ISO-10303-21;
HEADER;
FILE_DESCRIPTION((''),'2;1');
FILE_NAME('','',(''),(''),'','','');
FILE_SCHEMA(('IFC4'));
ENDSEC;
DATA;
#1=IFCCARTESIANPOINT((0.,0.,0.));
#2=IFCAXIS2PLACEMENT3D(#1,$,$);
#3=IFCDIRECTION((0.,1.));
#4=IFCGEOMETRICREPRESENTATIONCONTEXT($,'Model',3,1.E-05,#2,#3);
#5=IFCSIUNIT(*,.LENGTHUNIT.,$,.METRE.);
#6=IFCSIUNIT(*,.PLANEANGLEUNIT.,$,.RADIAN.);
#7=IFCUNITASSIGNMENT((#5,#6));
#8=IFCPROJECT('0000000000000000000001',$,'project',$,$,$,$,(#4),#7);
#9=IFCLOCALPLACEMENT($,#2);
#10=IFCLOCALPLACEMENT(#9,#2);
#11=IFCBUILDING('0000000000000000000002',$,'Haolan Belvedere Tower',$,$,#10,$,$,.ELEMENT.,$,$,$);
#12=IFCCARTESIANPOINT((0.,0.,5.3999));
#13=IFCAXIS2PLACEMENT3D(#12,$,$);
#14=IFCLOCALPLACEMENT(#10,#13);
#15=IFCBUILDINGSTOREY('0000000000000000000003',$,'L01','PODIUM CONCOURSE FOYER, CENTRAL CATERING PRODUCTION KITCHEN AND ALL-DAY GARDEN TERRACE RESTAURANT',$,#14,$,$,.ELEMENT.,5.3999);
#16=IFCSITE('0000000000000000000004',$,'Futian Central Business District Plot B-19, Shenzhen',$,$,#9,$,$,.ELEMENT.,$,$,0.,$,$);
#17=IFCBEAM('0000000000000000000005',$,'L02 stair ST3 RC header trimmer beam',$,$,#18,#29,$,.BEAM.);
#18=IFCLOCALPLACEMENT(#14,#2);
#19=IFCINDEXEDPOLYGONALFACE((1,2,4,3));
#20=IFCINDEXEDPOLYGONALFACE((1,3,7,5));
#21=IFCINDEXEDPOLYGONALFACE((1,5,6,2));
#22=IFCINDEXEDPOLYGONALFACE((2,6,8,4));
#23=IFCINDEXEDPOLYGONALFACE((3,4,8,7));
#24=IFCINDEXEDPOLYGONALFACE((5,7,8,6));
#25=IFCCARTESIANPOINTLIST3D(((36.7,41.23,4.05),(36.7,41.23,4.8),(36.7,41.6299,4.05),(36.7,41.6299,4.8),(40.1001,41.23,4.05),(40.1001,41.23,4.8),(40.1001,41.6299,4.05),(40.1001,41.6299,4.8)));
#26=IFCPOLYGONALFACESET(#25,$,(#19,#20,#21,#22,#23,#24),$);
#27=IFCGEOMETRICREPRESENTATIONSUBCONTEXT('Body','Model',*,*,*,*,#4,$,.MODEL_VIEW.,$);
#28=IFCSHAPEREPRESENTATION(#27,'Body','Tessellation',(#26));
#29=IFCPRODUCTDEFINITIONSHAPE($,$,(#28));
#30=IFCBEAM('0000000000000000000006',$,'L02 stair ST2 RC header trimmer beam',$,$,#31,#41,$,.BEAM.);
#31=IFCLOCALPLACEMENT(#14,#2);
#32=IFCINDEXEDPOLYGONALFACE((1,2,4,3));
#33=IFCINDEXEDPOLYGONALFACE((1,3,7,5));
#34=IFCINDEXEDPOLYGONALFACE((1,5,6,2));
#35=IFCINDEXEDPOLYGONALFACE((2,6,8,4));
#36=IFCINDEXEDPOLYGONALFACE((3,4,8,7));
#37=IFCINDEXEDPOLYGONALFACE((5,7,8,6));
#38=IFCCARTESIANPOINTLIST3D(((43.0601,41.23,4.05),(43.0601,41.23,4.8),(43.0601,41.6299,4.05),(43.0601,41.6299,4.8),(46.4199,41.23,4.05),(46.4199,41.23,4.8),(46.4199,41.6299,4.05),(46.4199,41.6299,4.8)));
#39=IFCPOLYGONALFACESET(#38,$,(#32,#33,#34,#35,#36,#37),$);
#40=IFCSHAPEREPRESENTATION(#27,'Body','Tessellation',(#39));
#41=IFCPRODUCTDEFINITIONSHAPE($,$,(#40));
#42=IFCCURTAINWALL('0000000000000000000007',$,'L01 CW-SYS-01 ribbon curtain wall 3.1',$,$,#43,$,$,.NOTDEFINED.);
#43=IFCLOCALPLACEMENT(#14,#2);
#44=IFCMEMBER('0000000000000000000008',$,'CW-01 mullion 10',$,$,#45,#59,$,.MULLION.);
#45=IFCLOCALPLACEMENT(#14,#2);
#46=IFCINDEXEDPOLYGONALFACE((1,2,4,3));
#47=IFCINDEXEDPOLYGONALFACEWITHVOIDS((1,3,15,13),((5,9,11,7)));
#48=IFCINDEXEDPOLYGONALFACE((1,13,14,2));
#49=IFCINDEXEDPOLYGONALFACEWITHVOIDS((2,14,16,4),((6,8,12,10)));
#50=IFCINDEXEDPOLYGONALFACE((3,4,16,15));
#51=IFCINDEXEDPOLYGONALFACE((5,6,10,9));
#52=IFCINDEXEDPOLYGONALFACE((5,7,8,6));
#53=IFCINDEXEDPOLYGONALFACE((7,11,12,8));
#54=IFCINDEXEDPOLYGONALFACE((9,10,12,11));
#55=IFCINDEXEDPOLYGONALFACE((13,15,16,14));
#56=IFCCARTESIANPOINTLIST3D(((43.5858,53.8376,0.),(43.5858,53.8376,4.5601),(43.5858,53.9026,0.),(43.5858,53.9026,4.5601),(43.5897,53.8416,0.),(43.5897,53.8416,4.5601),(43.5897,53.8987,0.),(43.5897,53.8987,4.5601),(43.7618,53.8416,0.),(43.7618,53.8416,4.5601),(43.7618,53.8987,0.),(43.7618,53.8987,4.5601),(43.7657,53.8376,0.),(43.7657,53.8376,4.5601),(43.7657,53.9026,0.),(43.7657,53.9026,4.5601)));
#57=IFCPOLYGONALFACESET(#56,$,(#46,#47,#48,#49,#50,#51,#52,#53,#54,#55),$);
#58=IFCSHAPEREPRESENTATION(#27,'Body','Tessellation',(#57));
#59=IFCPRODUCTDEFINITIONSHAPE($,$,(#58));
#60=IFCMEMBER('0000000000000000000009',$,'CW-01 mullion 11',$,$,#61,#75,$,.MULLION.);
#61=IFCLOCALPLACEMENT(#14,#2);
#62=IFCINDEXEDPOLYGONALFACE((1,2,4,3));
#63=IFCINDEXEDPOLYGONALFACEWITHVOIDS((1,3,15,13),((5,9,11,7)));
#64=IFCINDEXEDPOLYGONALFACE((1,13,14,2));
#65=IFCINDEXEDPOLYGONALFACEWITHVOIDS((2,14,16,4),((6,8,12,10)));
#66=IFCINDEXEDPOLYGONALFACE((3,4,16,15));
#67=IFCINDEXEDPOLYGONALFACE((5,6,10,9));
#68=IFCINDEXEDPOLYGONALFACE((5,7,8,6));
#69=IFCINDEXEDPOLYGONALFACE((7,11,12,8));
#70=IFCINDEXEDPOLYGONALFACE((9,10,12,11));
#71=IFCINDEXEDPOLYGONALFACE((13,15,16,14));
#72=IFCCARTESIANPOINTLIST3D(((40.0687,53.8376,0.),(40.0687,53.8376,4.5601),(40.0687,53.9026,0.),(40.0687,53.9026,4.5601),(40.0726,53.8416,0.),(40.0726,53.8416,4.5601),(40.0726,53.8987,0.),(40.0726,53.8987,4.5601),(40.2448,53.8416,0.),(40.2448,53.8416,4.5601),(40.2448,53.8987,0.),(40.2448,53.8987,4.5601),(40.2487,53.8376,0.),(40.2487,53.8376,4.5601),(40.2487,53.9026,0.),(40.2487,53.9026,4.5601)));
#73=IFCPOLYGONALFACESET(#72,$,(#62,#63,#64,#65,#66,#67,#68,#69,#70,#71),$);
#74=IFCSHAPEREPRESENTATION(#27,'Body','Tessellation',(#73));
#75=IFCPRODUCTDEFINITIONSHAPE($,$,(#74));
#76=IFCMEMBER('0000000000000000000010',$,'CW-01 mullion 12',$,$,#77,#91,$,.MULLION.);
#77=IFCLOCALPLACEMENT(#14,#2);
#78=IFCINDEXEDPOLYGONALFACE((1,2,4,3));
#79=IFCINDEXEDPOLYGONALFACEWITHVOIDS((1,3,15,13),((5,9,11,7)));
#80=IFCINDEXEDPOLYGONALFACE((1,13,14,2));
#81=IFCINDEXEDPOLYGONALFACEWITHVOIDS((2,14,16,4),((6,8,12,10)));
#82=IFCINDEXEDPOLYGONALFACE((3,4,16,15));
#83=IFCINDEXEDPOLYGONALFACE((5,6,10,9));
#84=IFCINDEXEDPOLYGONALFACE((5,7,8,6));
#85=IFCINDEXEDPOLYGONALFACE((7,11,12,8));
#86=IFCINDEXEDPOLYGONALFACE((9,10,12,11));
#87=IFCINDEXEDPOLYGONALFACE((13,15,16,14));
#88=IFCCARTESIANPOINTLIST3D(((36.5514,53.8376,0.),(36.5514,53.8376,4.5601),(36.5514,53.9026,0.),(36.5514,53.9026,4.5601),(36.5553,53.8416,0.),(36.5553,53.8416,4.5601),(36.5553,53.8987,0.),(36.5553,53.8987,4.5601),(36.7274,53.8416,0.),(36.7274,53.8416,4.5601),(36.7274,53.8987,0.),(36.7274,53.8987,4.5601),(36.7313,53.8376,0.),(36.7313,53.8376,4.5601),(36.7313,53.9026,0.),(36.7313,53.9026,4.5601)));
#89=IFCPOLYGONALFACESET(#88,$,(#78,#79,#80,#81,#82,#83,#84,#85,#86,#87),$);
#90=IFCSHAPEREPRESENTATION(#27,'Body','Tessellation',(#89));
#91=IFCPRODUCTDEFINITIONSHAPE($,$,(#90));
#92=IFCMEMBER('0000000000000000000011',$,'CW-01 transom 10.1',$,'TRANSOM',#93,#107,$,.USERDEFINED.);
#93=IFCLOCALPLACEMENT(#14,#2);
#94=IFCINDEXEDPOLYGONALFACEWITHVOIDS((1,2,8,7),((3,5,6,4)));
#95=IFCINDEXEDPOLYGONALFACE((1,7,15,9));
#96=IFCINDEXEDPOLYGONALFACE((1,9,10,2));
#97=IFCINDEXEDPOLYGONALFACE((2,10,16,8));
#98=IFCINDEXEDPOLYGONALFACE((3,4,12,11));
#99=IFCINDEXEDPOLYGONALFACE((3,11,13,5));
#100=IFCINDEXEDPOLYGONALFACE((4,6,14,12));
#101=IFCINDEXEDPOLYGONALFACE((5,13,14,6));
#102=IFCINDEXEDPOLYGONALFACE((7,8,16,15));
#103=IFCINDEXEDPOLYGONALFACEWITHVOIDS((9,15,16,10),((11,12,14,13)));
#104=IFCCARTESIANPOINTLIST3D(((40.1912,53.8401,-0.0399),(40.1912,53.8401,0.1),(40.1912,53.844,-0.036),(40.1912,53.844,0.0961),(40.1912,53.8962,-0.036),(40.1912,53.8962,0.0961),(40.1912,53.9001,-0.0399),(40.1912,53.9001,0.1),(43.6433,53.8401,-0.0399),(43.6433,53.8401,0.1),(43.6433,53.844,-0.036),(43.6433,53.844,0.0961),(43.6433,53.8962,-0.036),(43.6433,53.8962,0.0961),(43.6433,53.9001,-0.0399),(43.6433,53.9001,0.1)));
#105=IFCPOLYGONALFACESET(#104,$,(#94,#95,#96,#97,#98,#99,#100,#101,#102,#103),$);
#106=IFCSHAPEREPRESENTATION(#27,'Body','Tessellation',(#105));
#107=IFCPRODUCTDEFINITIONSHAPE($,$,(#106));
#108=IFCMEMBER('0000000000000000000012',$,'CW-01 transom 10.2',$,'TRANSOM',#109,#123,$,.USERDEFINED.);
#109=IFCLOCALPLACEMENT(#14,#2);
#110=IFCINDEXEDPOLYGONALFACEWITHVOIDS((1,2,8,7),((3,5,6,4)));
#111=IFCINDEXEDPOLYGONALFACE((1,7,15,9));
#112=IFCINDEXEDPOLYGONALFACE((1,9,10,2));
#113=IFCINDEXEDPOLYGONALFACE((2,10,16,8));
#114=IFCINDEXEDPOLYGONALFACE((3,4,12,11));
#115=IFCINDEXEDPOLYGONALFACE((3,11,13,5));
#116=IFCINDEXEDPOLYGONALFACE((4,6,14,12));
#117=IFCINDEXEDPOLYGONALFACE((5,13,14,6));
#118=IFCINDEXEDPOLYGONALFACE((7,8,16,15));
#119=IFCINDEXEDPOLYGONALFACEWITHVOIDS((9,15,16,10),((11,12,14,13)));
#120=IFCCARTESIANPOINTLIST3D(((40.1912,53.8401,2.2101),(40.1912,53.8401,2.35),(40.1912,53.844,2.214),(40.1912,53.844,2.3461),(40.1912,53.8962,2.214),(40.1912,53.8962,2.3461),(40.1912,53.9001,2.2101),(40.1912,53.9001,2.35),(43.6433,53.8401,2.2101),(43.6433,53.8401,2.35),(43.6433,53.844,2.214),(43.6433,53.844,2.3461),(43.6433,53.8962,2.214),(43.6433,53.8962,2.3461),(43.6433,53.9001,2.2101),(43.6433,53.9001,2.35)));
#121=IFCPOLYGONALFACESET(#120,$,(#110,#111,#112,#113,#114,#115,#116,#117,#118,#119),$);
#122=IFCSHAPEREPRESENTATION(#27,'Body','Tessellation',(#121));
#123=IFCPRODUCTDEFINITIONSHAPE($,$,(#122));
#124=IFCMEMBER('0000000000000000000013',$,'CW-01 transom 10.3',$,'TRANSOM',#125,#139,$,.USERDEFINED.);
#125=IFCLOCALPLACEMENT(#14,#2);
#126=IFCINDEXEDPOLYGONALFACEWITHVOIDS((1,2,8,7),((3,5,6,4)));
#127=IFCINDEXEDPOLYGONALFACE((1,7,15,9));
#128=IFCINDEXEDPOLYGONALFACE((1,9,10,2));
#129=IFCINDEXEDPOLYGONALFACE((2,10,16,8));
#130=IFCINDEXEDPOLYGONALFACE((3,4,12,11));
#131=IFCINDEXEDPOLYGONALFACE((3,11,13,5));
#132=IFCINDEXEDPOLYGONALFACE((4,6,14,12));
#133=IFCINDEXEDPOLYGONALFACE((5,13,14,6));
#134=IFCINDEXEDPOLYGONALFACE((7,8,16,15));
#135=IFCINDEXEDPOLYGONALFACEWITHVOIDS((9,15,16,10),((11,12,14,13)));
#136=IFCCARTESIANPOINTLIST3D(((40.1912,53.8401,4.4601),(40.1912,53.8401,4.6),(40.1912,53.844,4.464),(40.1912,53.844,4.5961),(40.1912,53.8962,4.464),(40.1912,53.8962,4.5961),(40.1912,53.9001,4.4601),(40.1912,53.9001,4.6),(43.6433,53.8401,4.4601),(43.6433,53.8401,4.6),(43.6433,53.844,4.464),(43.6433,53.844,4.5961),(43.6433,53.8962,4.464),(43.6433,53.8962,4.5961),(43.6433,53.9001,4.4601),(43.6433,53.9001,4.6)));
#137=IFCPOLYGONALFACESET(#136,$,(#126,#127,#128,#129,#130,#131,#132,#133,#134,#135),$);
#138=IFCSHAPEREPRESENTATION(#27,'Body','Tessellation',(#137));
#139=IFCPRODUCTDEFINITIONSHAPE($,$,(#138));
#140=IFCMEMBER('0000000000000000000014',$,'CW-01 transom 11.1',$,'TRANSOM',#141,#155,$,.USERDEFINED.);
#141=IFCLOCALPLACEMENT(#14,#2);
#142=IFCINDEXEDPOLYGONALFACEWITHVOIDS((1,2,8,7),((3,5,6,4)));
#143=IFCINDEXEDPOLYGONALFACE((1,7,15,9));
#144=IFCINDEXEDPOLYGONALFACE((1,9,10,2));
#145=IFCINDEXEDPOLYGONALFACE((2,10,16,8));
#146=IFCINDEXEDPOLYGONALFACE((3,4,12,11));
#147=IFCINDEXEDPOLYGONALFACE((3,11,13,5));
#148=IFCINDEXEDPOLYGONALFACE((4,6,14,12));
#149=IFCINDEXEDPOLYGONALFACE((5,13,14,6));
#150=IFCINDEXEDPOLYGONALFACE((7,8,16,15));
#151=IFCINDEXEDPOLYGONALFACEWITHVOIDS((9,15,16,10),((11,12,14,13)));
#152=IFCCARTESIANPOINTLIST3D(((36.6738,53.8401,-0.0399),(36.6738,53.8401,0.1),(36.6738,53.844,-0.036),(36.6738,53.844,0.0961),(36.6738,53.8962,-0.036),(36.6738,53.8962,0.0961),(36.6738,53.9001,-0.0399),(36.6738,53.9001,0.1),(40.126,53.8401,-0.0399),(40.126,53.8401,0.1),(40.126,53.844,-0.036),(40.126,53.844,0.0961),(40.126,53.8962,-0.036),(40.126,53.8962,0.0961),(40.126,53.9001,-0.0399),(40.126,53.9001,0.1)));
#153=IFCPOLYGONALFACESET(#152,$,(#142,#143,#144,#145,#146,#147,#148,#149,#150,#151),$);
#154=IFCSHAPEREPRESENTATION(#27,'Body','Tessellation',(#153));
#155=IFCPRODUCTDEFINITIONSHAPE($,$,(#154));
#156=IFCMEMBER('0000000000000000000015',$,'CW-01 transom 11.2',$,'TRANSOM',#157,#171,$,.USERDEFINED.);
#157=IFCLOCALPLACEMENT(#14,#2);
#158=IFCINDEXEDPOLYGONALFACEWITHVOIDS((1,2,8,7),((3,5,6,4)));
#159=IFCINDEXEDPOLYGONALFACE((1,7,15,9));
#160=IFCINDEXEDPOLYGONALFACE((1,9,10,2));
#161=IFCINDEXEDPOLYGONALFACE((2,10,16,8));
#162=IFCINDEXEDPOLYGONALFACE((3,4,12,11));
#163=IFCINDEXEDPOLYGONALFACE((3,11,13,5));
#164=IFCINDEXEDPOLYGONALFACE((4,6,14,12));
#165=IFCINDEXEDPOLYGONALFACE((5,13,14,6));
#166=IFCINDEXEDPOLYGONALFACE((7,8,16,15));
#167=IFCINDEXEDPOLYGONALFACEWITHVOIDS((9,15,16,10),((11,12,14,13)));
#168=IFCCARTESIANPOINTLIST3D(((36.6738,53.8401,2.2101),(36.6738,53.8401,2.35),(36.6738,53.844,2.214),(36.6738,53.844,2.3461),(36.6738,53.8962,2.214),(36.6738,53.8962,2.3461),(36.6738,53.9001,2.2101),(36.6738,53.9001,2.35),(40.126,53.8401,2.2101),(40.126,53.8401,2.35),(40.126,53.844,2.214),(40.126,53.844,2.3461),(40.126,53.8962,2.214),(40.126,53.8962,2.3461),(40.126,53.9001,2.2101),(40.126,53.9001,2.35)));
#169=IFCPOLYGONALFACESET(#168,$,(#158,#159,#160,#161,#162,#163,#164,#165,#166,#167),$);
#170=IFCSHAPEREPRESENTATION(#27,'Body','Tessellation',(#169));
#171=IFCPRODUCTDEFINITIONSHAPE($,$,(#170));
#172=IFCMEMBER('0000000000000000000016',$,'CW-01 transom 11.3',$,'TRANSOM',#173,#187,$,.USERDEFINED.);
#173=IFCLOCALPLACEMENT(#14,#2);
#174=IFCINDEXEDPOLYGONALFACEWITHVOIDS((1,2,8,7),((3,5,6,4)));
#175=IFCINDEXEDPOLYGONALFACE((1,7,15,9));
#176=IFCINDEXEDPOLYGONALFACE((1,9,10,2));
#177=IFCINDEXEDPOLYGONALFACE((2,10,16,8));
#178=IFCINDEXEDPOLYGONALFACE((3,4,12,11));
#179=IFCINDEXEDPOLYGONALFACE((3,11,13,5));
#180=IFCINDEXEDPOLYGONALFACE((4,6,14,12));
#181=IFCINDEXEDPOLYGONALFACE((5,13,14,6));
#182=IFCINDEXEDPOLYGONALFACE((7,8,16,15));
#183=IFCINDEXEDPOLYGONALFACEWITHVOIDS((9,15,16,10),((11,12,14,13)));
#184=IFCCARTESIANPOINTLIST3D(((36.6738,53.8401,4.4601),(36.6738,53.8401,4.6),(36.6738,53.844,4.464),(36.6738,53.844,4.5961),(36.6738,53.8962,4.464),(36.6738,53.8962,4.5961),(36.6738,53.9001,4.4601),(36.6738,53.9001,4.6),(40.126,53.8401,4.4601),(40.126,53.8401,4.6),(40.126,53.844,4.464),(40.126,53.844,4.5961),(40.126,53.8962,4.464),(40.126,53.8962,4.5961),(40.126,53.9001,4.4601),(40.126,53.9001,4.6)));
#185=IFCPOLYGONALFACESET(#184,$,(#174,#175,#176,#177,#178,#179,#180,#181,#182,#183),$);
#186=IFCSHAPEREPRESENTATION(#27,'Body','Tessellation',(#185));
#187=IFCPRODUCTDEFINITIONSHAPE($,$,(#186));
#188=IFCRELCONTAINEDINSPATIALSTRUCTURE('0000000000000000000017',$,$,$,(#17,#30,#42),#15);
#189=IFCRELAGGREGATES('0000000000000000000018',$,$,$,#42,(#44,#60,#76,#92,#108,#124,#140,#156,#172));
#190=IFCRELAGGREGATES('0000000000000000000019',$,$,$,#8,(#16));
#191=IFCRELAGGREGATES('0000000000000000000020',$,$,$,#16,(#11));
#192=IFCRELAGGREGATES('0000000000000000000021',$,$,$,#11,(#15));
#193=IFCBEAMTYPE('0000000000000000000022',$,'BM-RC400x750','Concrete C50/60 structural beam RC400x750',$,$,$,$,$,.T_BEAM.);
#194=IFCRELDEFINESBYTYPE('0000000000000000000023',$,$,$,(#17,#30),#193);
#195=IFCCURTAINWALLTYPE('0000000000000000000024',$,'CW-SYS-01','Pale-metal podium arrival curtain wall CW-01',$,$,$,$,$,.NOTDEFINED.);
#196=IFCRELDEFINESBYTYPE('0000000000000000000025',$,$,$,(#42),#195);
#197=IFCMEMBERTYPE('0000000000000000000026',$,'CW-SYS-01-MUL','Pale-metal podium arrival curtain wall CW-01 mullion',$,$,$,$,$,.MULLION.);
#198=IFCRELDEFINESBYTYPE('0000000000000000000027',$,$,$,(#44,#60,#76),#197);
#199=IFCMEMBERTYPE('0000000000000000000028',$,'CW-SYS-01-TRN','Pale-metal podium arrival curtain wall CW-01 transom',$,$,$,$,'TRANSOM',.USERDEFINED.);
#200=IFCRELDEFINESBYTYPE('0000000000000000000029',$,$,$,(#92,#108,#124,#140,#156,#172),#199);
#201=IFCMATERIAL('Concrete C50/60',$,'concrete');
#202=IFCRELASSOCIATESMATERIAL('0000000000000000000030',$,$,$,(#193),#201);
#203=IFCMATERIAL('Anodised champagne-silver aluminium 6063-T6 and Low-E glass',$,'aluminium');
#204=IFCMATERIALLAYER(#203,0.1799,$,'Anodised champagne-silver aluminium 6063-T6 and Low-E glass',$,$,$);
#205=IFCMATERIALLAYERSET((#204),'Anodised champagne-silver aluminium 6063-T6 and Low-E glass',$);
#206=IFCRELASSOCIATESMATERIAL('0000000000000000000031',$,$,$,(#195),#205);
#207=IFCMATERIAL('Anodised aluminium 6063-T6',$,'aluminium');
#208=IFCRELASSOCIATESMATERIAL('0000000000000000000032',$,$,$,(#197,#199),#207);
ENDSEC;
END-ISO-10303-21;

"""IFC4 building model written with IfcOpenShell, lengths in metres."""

from ifc_helpers import new_model, si_unit, direction, frame, origin, origin_2d, place, context, subcontext, project, spatial, rectangle, hollow_rectangle, extrude, material, layer, layer_set, material_profile, profile_set, type_object, element, aggregate, save


model = new_model("IFC4")

# Units and contexts
model_context = context("Model", 3, precision=1e-05, world=origin(), true_north=direction((0.0, 1.0)))
body_context = subcontext(model_context, "Body", "Model", "MODEL_VIEW")
ifc_project = project(units=[si_unit("LENGTHUNIT", "METRE"), si_unit("PLANEANGLEUNIT", "RADIAN")], contexts=[model_context])

# Site, building, storey
site_placement = place(None, origin())
site = spatial("IfcSite", under=ifc_project, at=site_placement, Name="Futian Central Business District Plot B-19, Shenzhen", CompositionType="ELEMENT", RefElevation=0.0)
building_placement = place(site_placement, origin())
building = spatial("IfcBuilding", under=site, at=building_placement, Name="Haolan Belvedere Tower", CompositionType="ELEMENT")
storey_placement = place(building_placement, frame((0.0, 0.0, 5.3999)))
storey = spatial("IfcBuildingStorey", under=building, at=storey_placement, Name="L01", Description="PODIUM CONCOURSE FOYER, CENTRAL CATERING PRODUCTION KITCHEN AND ALL-DAY GARDEN TERRACE RESTAURANT", CompositionType="ELEMENT", Elevation=5.3999)

# Beams
ifc_material_1 = material(Name="Concrete C50/60", Category="concrete")
ifc_material_profile_1 = material_profile(ifc_material_1, rectangle(XDim=0.3999, YDim=0.75, at=origin_2d()), Name="Concrete C50/60")
ifc_profile_set_1 = profile_set([ifc_material_profile_1], Name="Concrete C50/60")
beam_type = type_object("IfcBeamType", Name="BM-RC400x750", Description="Concrete C50/60 structural beam RC400x750", PredefinedType="T_BEAM", material=ifc_profile_set_1)
beam_1_placement = place(storey_placement, frame((36.7, 41.4299, 4.425), z_axis=(1.0, 0.0, 0.0), x_axis=(0.0, 1.0, 0.0)))
element("IfcBeam", 1, at=beam_1_placement, inside=storey, type_object=beam_type, Name="L02 stair ST3 RC header trimmer beam", PredefinedType="BEAM", context=body_context, shape_type="SweptSolid", body=[
    extrude(rectangle(XDim=0.3999, YDim=0.75, at=origin_2d()), origin(), (0.0, 0.0, 1.0), 3.4001),
])
beam_2_placement = place(storey_placement, frame((43.0601, 41.4299, 4.425), z_axis=(1.0, 0.0, 0.0), x_axis=(0.0, 1.0, 0.0)))
element("IfcBeam", 2, at=beam_2_placement, inside=storey, type_object=beam_type, Name="L02 stair ST2 RC header trimmer beam", PredefinedType="BEAM", context=body_context, shape_type="SweptSolid", body=[
    extrude(rectangle(XDim=0.3999, YDim=0.75, at=origin_2d()), origin(), (0.0, 0.0, 1.0), 3.3599),
])

# Curtain wall, members
ifc_material_2 = material(Name="Anodised champagne-silver aluminium 6063-T6 and Low-E glass", Category="aluminium")
ifc_layer_1 = layer(ifc_material_2, 0.1799, Name="Anodised champagne-silver aluminium 6063-T6 and Low-E glass")
ifc_layer_set_1 = layer_set([ifc_layer_1], Name="Anodised champagne-silver aluminium 6063-T6 and Low-E glass")
curtain_wall_type = type_object("IfcCurtainWallType", Name="CW-SYS-01", Description="Pale-metal podium arrival curtain wall CW-01", PredefinedType="NOTDEFINED", material=ifc_layer_set_1)
curtain_wall_placement = place(storey_placement, origin())
curtain_wall = element("IfcCurtainWall", 3, at=curtain_wall_placement, inside=storey, type_object=curtain_wall_type, Name="L01 CW-SYS-01 ribbon curtain wall 3.1", PredefinedType="NOTDEFINED")
ifc_material_3 = material(Name="Anodised aluminium 6063-T6", Category="aluminium")
ifc_material_profile_2 = material_profile(ifc_material_3, hollow_rectangle(XDim=0.0649, YDim=0.1799, WallThickness=0.0039, at=origin_2d()), Name="Anodised aluminium 6063-T6")
ifc_profile_set_2 = profile_set([ifc_material_profile_2], Name="Anodised aluminium 6063-T6")
member_type_1 = type_object("IfcMemberType", Name="CW-SYS-01-MUL", Description="Pale-metal podium arrival curtain wall CW-01 mullion", PredefinedType="MULLION", material=ifc_profile_set_2)
member_1_placement = place(storey_placement, frame((43.6758, 53.8701, 0.0), z_axis=(0.0, 0.0, 1.0), x_axis=(0.0, -1.0, 0.0)))
member_1 = element("IfcMember", 4, at=member_1_placement, type_object=member_type_1, Name="CW-01 mullion 10", PredefinedType="MULLION", context=body_context, shape_type="SweptSolid", body=[
    extrude(hollow_rectangle(XDim=0.0649, YDim=0.1799, WallThickness=0.0039, at=origin_2d()), origin(), (0.0, 0.0, 1.0), 4.5601),
])
member_2_placement = place(storey_placement, frame((40.1587, 53.8701, 0.0), z_axis=(0.0, 0.0, 1.0), x_axis=(0.0, -1.0, 0.0)))
member_2 = element("IfcMember", 5, at=member_2_placement, type_object=member_type_1, Name="CW-01 mullion 11", PredefinedType="MULLION", context=body_context, shape_type="SweptSolid", body=[
    extrude(hollow_rectangle(XDim=0.0649, YDim=0.1799, WallThickness=0.0039, at=origin_2d()), origin(), (0.0, 0.0, 1.0), 4.5601),
])
member_3_placement = place(storey_placement, frame((36.6414, 53.8701, 0.0), z_axis=(0.0, 0.0, 1.0), x_axis=(0.0, -1.0, 0.0)))
member_3 = element("IfcMember", 6, at=member_3_placement, type_object=member_type_1, Name="CW-01 mullion 12", PredefinedType="MULLION", context=body_context, shape_type="SweptSolid", body=[
    extrude(hollow_rectangle(XDim=0.0649, YDim=0.1799, WallThickness=0.0039, at=origin_2d()), origin(), (0.0, 0.0, 1.0), 4.5601),
])
ifc_material_profile_3 = material_profile(ifc_material_3, hollow_rectangle(XDim=0.0601, YDim=0.1399, WallThickness=0.0039, at=origin_2d()), Name="Anodised aluminium 6063-T6")
ifc_profile_set_3 = profile_set([ifc_material_profile_3], Name="Anodised aluminium 6063-T6")
member_type_2 = type_object("IfcMemberType", Name="CW-SYS-01-TRN", Description="Pale-metal podium arrival curtain wall CW-01 transom", ElementType="TRANSOM", PredefinedType="USERDEFINED", material=ifc_profile_set_3)
member_4_placement = place(storey_placement, frame((43.6433, 53.8701, 0.03), z_axis=(-1.0, 0.0, 0.0), x_axis=(0.0, -1.0, 0.0)))
member_4 = element("IfcMember", 7, at=member_4_placement, type_object=member_type_2, Name="CW-01 transom 10.1", ObjectType="TRANSOM", PredefinedType="USERDEFINED", context=body_context, shape_type="SweptSolid", body=[
    extrude(hollow_rectangle(XDim=0.0601, YDim=0.1399, WallThickness=0.0039, at=origin_2d()), origin(), (0.0, 0.0, 1.0), 3.4521),
])
member_5_placement = place(storey_placement, frame((43.6433, 53.8701, 2.28), z_axis=(-1.0, 0.0, 0.0), x_axis=(0.0, -1.0, 0.0)))
member_5 = element("IfcMember", 8, at=member_5_placement, type_object=member_type_2, Name="CW-01 transom 10.2", ObjectType="TRANSOM", PredefinedType="USERDEFINED", context=body_context, shape_type="SweptSolid", body=[
    extrude(hollow_rectangle(XDim=0.0601, YDim=0.1399, WallThickness=0.0039, at=origin_2d()), origin(), (0.0, 0.0, 1.0), 3.4521),
])
member_6_placement = place(storey_placement, frame((43.6433, 53.8701, 4.53), z_axis=(-1.0, 0.0, 0.0), x_axis=(0.0, -1.0, 0.0)))
member_6 = element("IfcMember", 9, at=member_6_placement, type_object=member_type_2, Name="CW-01 transom 10.3", ObjectType="TRANSOM", PredefinedType="USERDEFINED", context=body_context, shape_type="SweptSolid", body=[
    extrude(hollow_rectangle(XDim=0.0601, YDim=0.1399, WallThickness=0.0039, at=origin_2d()), origin(), (0.0, 0.0, 1.0), 3.4521),
])
member_7_placement = place(storey_placement, frame((40.126, 53.8701, 0.03), z_axis=(-1.0, 0.0, 0.0), x_axis=(0.0, -1.0, 0.0)))
member_7 = element("IfcMember", 10, at=member_7_placement, type_object=member_type_2, Name="CW-01 transom 11.1", ObjectType="TRANSOM", PredefinedType="USERDEFINED", context=body_context, shape_type="SweptSolid", body=[
    extrude(hollow_rectangle(XDim=0.0601, YDim=0.1399, WallThickness=0.0039, at=origin_2d()), origin(), (0.0, 0.0, 1.0), 3.4521),
])
member_8_placement = place(storey_placement, frame((40.126, 53.8701, 2.28), z_axis=(-1.0, 0.0, 0.0), x_axis=(0.0, -1.0, 0.0)))
member_8 = element("IfcMember", 11, at=member_8_placement, type_object=member_type_2, Name="CW-01 transom 11.2", ObjectType="TRANSOM", PredefinedType="USERDEFINED", context=body_context, shape_type="SweptSolid", body=[
    extrude(hollow_rectangle(XDim=0.0601, YDim=0.1399, WallThickness=0.0039, at=origin_2d()), origin(), (0.0, 0.0, 1.0), 3.4521),
])
member_9_placement = place(storey_placement, frame((40.126, 53.8701, 4.53), z_axis=(-1.0, 0.0, 0.0), x_axis=(0.0, -1.0, 0.0)))
member_9 = element("IfcMember", 12, at=member_9_placement, type_object=member_type_2, Name="CW-01 transom 11.3", ObjectType="TRANSOM", PredefinedType="USERDEFINED", context=body_context, shape_type="SweptSolid", body=[
    extrude(hollow_rectangle(XDim=0.0601, YDim=0.1399, WallThickness=0.0039, at=origin_2d()), origin(), (0.0, 0.0, 1.0), 3.4521),
])
aggregate(curtain_wall, [member_1, member_2, member_3, member_4, member_5, member_6, member_7, member_8, member_9])

save(model, "model.ifc")
